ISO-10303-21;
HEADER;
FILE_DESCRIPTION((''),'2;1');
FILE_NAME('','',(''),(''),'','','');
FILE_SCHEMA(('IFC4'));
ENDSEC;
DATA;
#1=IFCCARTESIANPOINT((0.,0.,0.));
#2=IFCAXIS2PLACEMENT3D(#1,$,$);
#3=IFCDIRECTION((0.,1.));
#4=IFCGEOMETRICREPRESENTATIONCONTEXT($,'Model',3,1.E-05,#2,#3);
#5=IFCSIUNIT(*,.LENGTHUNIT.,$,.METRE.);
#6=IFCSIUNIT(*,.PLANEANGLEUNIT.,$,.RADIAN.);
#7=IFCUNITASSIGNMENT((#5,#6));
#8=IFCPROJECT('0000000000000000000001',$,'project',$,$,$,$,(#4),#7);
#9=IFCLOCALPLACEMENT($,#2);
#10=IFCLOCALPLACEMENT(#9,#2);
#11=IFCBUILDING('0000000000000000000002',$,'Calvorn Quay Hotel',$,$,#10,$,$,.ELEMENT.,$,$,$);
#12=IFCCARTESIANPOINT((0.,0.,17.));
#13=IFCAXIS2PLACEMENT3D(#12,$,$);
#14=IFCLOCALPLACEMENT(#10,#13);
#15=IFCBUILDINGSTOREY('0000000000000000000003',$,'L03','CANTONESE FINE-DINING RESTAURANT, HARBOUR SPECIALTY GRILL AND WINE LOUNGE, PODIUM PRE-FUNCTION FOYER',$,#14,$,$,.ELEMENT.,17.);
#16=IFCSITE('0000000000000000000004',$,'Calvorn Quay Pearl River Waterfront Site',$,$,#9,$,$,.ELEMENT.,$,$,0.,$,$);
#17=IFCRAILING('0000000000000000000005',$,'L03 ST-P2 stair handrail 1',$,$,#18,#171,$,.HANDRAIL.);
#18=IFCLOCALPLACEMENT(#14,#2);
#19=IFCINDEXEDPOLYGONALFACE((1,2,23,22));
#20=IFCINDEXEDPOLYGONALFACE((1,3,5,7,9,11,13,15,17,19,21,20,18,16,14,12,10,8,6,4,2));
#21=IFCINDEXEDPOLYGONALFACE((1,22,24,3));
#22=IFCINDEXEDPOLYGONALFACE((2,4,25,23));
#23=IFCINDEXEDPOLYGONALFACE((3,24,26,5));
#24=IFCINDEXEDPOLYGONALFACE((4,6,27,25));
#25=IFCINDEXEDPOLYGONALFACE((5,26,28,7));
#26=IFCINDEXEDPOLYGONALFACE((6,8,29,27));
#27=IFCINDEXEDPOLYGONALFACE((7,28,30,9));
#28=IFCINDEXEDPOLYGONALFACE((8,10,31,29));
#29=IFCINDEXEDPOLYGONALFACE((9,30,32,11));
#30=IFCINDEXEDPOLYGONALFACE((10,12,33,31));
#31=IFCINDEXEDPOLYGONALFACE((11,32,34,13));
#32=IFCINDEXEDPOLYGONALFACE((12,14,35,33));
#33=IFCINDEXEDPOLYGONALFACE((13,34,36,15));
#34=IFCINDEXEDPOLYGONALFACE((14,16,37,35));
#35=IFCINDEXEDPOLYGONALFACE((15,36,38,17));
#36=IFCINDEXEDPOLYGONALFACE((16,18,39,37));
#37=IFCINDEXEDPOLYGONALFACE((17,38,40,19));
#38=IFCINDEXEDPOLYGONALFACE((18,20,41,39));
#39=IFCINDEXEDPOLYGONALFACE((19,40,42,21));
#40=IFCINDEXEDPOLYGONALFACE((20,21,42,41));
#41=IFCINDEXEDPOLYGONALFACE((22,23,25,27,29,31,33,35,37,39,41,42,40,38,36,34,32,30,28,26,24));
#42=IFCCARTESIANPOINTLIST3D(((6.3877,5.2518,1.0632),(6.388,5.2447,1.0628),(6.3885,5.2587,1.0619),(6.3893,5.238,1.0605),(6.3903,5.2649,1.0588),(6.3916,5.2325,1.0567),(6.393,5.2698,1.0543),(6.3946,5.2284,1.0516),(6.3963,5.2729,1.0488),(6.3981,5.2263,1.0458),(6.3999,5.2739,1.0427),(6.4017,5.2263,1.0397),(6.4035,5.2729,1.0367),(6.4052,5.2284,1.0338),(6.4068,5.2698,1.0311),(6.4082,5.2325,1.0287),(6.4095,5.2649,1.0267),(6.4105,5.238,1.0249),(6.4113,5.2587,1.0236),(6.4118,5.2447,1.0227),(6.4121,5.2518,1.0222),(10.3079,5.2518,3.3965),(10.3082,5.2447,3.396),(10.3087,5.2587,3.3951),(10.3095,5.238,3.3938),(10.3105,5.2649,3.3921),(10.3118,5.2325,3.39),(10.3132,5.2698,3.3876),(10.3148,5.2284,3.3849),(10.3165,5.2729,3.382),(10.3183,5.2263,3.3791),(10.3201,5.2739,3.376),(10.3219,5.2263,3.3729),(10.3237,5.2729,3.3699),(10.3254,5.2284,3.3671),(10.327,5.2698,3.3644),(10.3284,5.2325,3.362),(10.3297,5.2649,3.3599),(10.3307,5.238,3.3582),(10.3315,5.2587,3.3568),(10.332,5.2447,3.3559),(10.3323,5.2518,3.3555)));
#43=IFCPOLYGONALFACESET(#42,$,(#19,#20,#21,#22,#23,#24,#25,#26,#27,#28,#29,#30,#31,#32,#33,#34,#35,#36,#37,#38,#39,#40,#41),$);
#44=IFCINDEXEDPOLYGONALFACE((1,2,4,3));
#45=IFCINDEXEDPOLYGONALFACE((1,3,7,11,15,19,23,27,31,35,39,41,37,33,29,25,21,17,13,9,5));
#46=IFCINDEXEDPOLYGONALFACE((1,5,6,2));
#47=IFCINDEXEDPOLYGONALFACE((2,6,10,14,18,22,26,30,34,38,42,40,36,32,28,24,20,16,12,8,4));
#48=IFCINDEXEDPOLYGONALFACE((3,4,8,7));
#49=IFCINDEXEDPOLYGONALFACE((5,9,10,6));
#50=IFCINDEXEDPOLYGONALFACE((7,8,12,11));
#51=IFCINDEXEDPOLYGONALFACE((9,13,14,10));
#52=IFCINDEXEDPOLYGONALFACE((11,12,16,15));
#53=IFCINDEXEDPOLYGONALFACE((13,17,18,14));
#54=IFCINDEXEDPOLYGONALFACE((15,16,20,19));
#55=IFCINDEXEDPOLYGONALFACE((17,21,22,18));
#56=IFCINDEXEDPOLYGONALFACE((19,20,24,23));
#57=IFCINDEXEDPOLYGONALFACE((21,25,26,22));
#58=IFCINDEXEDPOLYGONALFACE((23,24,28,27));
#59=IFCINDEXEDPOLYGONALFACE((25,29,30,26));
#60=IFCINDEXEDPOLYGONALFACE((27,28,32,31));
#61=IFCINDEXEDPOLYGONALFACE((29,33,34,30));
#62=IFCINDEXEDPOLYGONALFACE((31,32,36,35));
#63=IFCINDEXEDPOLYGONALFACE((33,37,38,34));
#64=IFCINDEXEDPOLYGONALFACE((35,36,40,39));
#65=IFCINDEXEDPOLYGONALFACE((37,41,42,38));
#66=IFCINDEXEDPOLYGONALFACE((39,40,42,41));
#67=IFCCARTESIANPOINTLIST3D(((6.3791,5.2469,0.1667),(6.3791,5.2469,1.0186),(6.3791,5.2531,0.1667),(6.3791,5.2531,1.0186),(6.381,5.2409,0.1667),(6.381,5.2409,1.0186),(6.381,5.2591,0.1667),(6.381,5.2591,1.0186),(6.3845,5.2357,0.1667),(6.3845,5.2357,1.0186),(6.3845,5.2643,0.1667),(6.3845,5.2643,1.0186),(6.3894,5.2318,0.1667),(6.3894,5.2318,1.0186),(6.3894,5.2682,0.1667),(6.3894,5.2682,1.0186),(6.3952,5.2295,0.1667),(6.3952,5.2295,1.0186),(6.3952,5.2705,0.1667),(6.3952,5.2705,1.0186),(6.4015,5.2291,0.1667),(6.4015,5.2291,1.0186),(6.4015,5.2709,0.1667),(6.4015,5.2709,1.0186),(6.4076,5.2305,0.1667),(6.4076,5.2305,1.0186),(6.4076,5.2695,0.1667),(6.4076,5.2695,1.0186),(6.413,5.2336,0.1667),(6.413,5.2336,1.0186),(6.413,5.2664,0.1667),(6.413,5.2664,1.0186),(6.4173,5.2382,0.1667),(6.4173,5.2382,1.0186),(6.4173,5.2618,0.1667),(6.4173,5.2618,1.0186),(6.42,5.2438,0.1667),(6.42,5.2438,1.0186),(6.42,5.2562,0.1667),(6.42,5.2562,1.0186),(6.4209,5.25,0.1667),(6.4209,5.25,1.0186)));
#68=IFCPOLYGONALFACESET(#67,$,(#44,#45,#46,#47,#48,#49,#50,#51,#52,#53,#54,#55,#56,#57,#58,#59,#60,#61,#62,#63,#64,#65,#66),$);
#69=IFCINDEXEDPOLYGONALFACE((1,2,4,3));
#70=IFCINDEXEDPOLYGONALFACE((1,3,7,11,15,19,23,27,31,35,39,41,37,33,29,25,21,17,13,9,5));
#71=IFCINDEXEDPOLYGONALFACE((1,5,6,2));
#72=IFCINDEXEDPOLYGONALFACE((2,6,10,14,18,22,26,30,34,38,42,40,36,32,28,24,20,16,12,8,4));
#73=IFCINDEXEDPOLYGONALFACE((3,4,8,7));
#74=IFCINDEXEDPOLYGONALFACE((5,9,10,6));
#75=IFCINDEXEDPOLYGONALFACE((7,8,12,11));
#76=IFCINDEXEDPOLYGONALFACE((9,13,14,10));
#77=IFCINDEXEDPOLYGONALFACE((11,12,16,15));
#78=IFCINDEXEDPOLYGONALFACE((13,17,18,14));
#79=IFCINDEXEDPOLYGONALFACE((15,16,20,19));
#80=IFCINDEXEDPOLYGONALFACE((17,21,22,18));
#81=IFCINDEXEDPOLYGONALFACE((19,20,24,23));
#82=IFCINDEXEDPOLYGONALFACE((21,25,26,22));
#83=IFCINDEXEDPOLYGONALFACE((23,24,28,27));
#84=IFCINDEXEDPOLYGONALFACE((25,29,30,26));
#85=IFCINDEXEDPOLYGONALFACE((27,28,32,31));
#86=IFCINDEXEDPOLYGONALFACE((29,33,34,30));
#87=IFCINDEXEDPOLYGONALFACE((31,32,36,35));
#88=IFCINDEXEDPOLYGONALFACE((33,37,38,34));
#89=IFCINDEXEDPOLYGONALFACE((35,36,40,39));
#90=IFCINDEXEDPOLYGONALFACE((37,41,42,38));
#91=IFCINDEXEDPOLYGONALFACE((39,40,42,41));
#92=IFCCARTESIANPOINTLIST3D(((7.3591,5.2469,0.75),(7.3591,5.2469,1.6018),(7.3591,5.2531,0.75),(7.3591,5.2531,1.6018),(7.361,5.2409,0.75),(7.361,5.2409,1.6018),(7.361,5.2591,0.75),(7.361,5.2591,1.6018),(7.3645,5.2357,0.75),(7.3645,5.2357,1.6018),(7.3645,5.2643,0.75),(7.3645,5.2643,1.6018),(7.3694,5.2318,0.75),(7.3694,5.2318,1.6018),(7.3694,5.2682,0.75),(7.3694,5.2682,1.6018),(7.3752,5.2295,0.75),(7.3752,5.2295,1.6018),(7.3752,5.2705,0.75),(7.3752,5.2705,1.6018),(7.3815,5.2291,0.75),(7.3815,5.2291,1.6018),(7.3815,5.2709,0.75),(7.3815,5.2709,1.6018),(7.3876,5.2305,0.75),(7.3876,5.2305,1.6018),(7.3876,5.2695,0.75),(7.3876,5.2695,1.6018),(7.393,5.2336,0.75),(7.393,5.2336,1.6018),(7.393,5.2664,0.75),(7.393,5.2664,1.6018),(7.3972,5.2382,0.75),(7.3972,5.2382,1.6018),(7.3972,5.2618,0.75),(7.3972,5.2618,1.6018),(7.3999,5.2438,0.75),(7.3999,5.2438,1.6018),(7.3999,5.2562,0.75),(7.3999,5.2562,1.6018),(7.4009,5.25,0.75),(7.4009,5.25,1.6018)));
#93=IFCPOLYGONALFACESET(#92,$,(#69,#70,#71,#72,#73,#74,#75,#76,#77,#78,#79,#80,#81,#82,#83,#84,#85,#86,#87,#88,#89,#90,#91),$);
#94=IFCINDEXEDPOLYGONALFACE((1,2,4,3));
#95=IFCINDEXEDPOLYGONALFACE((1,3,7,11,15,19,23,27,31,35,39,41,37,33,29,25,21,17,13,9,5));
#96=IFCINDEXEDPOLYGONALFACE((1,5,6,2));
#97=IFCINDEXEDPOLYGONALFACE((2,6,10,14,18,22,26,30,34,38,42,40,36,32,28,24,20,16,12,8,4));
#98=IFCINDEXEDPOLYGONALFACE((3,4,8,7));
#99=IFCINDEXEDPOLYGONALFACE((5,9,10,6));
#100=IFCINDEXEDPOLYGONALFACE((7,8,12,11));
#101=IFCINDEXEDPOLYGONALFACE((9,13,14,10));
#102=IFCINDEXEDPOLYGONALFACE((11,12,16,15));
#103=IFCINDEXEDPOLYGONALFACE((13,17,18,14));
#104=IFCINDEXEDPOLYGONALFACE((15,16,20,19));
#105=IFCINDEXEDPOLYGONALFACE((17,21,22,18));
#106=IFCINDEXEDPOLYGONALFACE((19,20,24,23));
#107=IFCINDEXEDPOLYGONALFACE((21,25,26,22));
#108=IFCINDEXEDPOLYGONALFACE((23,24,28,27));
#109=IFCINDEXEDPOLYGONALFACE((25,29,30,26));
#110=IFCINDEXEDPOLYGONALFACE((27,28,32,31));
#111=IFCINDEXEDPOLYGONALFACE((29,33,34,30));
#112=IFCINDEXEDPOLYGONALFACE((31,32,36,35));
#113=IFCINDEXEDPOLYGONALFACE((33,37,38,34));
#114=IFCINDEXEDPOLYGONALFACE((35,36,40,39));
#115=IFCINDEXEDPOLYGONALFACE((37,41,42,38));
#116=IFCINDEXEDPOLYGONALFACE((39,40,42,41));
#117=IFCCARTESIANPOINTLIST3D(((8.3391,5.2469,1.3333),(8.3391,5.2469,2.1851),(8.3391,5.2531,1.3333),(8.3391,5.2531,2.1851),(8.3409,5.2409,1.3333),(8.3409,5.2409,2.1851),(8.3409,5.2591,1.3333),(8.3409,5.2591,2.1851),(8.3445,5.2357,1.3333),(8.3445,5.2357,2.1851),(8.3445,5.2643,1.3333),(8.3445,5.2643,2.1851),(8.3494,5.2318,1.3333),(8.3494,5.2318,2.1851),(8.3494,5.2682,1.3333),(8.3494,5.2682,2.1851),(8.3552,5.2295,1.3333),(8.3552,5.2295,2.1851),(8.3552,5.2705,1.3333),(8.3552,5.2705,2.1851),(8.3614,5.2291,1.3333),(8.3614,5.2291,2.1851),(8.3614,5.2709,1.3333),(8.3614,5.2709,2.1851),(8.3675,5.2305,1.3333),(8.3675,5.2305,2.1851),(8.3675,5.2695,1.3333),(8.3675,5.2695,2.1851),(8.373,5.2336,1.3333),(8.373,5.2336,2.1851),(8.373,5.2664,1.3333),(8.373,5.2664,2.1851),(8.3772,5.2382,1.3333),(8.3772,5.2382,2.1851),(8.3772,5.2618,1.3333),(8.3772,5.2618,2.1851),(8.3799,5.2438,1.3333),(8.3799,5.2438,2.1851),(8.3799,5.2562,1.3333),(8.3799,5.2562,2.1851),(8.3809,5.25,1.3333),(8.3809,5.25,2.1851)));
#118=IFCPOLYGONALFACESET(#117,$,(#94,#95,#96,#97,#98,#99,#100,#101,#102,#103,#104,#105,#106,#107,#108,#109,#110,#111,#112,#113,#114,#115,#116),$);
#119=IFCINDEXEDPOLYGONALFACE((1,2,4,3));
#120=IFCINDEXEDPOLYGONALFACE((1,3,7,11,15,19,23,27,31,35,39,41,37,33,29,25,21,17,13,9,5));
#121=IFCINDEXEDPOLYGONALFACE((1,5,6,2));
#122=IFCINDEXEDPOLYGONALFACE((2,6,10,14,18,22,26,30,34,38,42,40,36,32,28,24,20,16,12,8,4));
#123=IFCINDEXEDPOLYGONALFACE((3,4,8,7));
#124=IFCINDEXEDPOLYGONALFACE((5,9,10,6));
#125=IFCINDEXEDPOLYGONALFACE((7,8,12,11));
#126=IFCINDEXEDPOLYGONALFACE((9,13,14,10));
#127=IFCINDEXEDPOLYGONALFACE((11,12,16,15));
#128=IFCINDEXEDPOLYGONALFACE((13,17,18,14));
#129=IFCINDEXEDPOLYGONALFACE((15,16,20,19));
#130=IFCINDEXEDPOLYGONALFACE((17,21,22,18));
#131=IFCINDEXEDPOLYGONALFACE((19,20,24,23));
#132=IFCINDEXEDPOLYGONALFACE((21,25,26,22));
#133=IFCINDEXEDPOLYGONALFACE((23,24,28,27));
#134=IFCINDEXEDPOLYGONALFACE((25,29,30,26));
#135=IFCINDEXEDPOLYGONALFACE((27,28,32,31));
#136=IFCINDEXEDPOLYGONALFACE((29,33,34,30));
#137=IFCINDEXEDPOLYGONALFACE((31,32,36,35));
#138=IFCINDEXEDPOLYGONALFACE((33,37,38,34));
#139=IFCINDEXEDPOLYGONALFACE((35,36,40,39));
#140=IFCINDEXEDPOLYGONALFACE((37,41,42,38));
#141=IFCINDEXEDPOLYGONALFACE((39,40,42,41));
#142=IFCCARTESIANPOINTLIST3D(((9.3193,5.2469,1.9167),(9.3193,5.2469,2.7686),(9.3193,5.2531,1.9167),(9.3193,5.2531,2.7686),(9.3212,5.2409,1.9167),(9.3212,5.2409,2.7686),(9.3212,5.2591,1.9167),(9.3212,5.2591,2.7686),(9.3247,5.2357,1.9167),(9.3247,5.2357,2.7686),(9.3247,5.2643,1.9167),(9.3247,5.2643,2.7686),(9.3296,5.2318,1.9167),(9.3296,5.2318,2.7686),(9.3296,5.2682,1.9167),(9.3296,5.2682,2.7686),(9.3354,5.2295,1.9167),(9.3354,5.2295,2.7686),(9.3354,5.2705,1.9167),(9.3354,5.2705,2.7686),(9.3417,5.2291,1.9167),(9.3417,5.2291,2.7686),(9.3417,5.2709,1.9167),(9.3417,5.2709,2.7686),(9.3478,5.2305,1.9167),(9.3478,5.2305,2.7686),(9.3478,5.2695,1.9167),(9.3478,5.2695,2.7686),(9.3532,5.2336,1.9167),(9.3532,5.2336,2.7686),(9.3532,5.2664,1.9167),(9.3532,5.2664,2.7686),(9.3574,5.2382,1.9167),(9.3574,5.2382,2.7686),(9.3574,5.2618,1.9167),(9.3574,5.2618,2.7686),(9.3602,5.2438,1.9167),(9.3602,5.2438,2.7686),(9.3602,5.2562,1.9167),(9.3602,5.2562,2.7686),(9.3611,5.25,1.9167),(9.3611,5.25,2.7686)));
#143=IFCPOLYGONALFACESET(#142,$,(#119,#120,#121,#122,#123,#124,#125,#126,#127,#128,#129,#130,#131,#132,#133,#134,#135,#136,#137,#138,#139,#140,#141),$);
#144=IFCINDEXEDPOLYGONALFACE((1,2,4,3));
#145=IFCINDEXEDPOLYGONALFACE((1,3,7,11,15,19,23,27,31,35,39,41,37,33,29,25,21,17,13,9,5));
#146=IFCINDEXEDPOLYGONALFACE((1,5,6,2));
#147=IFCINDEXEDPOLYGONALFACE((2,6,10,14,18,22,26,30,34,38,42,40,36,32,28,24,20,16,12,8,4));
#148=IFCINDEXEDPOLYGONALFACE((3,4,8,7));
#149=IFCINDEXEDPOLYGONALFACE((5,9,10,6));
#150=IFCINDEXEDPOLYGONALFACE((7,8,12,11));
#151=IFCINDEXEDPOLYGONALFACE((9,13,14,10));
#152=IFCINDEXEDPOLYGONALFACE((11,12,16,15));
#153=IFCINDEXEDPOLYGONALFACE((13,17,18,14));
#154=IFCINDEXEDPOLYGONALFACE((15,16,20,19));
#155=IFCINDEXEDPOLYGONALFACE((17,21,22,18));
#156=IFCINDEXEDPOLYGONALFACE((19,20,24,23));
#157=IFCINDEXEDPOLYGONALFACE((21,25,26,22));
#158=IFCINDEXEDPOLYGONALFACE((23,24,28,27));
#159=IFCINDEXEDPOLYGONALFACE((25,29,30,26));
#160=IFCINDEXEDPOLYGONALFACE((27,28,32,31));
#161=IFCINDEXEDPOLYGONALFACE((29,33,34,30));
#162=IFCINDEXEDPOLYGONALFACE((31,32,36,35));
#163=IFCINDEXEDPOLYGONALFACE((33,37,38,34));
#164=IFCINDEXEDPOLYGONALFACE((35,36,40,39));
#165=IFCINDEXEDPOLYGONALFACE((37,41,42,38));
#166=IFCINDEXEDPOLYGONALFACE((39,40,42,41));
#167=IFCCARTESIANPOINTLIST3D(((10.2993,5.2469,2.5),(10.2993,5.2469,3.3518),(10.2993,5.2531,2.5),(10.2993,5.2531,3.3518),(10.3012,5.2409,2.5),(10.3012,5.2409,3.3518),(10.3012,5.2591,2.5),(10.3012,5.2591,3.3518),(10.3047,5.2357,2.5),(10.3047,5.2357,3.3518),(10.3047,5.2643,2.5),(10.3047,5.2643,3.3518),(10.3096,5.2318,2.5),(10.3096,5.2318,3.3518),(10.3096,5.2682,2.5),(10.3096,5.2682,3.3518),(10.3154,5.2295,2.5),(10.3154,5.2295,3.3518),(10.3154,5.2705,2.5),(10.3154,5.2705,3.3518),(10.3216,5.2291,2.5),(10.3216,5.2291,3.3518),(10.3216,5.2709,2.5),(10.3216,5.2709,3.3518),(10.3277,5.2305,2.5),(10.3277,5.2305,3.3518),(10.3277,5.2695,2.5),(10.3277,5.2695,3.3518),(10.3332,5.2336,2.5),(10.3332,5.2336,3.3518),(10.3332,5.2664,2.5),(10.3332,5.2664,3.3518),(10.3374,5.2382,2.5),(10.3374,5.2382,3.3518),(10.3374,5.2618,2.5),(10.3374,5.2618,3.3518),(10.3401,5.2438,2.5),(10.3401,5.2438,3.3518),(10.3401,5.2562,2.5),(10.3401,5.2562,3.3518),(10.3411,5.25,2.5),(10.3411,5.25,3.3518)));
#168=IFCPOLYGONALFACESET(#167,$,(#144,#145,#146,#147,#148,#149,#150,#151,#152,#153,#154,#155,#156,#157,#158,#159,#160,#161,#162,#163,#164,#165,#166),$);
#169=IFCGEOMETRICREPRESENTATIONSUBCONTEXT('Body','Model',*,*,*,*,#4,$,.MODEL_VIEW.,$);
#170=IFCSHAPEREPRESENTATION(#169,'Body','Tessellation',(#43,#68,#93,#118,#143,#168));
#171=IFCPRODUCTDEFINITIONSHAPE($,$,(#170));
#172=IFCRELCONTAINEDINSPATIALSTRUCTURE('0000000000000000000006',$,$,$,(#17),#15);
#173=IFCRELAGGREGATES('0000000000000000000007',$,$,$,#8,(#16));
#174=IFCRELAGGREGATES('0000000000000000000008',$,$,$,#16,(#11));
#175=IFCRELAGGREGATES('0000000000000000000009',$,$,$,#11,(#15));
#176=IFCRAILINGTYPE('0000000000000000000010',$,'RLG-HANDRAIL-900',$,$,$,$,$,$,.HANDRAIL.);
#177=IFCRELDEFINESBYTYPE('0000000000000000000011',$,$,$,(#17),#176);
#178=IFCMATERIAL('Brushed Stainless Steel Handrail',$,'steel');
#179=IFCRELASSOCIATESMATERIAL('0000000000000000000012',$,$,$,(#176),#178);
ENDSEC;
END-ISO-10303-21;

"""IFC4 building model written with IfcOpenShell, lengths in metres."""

from ifc_helpers import new_model, si_unit, direction, frame, origin, origin_2d, place, context, subcontext, project, spatial, circle, extrude, material, type_object, element, save


model = new_model("IFC4")

# Units and contexts
model_context = context("Model", 3, precision=1e-05, world=origin(), true_north=direction((0.0, 1.0)))
body_context = subcontext(model_context, "Body", "Model", "MODEL_VIEW")
ifc_project = project(units=[si_unit("LENGTHUNIT", "METRE"), si_unit("PLANEANGLEUNIT", "RADIAN")], contexts=[model_context])

# Site, building, storey
site_placement = place(None, origin())
site = spatial("IfcSite", under=ifc_project, at=site_placement, Name="Calvorn Quay Pearl River Waterfront Site", CompositionType="ELEMENT", RefElevation=0.0)
building_placement = place(site_placement, origin())
building = spatial("IfcBuilding", under=site, at=building_placement, Name="Calvorn Quay Hotel", CompositionType="ELEMENT")
storey_placement = place(building_placement, frame((0.0, 0.0, 17.0)))
storey = spatial("IfcBuildingStorey", under=building, at=storey_placement, Name="L03", Description="CANTONESE FINE-DINING RESTAURANT, HARBOUR SPECIALTY GRILL AND WINE LOUNGE, PODIUM PRE-FUNCTION FOYER", CompositionType="ELEMENT", Elevation=17.0)

# Railing
ifc_material_1 = material(Name="Brushed Stainless Steel Handrail", Category="steel")
railing_type_1 = type_object("IfcRailingType", Name="RLG-HANDRAIL-900", PredefinedType="HANDRAIL", material=ifc_material_1)
railing_1_placement = place(storey_placement, frame((6.3999, 5.25, 0.1667)))
element("IfcRailing", 1, at=railing_1_placement, inside=storey, type_object=railing_type_1, Name="L03 ST-P2 stair handrail 1", PredefinedType="HANDRAIL", context=body_context, shape_type="SweptSolid", body=[
    extrude(circle(Radius=0.0239, at=origin_2d()), frame((0.0, 0.0, 0.876), z_axis=(0.85931, 0.0, 0.511455), x_axis=(0.0, 1.0, 0.0)), (0.0, 0.0, 1.0), 4.562),
    extrude(circle(Radius=0.021, at=origin_2d()), origin(), (0.0, 0.0, 1.0), 0.8518),
    extrude(circle(Radius=0.021, at=origin_2d()), frame((0.98, 0.0, 0.5833)), (0.0, 0.0, 1.0), 0.8518),
    extrude(circle(Radius=0.021, at=origin_2d()), frame((1.96, 0.0, 1.1665)), (0.0, 0.0, 1.0), 0.8518),
    extrude(circle(Radius=0.021, at=origin_2d()), frame((2.9402, 0.0, 1.75)), (0.0, 0.0, 1.0), 0.8518),
    extrude(circle(Radius=0.021, at=origin_2d()), frame((3.9202, 0.0, 2.3333)), (0.0, 0.0, 1.0), 0.8518),
])

save(model, "model.ifc")
